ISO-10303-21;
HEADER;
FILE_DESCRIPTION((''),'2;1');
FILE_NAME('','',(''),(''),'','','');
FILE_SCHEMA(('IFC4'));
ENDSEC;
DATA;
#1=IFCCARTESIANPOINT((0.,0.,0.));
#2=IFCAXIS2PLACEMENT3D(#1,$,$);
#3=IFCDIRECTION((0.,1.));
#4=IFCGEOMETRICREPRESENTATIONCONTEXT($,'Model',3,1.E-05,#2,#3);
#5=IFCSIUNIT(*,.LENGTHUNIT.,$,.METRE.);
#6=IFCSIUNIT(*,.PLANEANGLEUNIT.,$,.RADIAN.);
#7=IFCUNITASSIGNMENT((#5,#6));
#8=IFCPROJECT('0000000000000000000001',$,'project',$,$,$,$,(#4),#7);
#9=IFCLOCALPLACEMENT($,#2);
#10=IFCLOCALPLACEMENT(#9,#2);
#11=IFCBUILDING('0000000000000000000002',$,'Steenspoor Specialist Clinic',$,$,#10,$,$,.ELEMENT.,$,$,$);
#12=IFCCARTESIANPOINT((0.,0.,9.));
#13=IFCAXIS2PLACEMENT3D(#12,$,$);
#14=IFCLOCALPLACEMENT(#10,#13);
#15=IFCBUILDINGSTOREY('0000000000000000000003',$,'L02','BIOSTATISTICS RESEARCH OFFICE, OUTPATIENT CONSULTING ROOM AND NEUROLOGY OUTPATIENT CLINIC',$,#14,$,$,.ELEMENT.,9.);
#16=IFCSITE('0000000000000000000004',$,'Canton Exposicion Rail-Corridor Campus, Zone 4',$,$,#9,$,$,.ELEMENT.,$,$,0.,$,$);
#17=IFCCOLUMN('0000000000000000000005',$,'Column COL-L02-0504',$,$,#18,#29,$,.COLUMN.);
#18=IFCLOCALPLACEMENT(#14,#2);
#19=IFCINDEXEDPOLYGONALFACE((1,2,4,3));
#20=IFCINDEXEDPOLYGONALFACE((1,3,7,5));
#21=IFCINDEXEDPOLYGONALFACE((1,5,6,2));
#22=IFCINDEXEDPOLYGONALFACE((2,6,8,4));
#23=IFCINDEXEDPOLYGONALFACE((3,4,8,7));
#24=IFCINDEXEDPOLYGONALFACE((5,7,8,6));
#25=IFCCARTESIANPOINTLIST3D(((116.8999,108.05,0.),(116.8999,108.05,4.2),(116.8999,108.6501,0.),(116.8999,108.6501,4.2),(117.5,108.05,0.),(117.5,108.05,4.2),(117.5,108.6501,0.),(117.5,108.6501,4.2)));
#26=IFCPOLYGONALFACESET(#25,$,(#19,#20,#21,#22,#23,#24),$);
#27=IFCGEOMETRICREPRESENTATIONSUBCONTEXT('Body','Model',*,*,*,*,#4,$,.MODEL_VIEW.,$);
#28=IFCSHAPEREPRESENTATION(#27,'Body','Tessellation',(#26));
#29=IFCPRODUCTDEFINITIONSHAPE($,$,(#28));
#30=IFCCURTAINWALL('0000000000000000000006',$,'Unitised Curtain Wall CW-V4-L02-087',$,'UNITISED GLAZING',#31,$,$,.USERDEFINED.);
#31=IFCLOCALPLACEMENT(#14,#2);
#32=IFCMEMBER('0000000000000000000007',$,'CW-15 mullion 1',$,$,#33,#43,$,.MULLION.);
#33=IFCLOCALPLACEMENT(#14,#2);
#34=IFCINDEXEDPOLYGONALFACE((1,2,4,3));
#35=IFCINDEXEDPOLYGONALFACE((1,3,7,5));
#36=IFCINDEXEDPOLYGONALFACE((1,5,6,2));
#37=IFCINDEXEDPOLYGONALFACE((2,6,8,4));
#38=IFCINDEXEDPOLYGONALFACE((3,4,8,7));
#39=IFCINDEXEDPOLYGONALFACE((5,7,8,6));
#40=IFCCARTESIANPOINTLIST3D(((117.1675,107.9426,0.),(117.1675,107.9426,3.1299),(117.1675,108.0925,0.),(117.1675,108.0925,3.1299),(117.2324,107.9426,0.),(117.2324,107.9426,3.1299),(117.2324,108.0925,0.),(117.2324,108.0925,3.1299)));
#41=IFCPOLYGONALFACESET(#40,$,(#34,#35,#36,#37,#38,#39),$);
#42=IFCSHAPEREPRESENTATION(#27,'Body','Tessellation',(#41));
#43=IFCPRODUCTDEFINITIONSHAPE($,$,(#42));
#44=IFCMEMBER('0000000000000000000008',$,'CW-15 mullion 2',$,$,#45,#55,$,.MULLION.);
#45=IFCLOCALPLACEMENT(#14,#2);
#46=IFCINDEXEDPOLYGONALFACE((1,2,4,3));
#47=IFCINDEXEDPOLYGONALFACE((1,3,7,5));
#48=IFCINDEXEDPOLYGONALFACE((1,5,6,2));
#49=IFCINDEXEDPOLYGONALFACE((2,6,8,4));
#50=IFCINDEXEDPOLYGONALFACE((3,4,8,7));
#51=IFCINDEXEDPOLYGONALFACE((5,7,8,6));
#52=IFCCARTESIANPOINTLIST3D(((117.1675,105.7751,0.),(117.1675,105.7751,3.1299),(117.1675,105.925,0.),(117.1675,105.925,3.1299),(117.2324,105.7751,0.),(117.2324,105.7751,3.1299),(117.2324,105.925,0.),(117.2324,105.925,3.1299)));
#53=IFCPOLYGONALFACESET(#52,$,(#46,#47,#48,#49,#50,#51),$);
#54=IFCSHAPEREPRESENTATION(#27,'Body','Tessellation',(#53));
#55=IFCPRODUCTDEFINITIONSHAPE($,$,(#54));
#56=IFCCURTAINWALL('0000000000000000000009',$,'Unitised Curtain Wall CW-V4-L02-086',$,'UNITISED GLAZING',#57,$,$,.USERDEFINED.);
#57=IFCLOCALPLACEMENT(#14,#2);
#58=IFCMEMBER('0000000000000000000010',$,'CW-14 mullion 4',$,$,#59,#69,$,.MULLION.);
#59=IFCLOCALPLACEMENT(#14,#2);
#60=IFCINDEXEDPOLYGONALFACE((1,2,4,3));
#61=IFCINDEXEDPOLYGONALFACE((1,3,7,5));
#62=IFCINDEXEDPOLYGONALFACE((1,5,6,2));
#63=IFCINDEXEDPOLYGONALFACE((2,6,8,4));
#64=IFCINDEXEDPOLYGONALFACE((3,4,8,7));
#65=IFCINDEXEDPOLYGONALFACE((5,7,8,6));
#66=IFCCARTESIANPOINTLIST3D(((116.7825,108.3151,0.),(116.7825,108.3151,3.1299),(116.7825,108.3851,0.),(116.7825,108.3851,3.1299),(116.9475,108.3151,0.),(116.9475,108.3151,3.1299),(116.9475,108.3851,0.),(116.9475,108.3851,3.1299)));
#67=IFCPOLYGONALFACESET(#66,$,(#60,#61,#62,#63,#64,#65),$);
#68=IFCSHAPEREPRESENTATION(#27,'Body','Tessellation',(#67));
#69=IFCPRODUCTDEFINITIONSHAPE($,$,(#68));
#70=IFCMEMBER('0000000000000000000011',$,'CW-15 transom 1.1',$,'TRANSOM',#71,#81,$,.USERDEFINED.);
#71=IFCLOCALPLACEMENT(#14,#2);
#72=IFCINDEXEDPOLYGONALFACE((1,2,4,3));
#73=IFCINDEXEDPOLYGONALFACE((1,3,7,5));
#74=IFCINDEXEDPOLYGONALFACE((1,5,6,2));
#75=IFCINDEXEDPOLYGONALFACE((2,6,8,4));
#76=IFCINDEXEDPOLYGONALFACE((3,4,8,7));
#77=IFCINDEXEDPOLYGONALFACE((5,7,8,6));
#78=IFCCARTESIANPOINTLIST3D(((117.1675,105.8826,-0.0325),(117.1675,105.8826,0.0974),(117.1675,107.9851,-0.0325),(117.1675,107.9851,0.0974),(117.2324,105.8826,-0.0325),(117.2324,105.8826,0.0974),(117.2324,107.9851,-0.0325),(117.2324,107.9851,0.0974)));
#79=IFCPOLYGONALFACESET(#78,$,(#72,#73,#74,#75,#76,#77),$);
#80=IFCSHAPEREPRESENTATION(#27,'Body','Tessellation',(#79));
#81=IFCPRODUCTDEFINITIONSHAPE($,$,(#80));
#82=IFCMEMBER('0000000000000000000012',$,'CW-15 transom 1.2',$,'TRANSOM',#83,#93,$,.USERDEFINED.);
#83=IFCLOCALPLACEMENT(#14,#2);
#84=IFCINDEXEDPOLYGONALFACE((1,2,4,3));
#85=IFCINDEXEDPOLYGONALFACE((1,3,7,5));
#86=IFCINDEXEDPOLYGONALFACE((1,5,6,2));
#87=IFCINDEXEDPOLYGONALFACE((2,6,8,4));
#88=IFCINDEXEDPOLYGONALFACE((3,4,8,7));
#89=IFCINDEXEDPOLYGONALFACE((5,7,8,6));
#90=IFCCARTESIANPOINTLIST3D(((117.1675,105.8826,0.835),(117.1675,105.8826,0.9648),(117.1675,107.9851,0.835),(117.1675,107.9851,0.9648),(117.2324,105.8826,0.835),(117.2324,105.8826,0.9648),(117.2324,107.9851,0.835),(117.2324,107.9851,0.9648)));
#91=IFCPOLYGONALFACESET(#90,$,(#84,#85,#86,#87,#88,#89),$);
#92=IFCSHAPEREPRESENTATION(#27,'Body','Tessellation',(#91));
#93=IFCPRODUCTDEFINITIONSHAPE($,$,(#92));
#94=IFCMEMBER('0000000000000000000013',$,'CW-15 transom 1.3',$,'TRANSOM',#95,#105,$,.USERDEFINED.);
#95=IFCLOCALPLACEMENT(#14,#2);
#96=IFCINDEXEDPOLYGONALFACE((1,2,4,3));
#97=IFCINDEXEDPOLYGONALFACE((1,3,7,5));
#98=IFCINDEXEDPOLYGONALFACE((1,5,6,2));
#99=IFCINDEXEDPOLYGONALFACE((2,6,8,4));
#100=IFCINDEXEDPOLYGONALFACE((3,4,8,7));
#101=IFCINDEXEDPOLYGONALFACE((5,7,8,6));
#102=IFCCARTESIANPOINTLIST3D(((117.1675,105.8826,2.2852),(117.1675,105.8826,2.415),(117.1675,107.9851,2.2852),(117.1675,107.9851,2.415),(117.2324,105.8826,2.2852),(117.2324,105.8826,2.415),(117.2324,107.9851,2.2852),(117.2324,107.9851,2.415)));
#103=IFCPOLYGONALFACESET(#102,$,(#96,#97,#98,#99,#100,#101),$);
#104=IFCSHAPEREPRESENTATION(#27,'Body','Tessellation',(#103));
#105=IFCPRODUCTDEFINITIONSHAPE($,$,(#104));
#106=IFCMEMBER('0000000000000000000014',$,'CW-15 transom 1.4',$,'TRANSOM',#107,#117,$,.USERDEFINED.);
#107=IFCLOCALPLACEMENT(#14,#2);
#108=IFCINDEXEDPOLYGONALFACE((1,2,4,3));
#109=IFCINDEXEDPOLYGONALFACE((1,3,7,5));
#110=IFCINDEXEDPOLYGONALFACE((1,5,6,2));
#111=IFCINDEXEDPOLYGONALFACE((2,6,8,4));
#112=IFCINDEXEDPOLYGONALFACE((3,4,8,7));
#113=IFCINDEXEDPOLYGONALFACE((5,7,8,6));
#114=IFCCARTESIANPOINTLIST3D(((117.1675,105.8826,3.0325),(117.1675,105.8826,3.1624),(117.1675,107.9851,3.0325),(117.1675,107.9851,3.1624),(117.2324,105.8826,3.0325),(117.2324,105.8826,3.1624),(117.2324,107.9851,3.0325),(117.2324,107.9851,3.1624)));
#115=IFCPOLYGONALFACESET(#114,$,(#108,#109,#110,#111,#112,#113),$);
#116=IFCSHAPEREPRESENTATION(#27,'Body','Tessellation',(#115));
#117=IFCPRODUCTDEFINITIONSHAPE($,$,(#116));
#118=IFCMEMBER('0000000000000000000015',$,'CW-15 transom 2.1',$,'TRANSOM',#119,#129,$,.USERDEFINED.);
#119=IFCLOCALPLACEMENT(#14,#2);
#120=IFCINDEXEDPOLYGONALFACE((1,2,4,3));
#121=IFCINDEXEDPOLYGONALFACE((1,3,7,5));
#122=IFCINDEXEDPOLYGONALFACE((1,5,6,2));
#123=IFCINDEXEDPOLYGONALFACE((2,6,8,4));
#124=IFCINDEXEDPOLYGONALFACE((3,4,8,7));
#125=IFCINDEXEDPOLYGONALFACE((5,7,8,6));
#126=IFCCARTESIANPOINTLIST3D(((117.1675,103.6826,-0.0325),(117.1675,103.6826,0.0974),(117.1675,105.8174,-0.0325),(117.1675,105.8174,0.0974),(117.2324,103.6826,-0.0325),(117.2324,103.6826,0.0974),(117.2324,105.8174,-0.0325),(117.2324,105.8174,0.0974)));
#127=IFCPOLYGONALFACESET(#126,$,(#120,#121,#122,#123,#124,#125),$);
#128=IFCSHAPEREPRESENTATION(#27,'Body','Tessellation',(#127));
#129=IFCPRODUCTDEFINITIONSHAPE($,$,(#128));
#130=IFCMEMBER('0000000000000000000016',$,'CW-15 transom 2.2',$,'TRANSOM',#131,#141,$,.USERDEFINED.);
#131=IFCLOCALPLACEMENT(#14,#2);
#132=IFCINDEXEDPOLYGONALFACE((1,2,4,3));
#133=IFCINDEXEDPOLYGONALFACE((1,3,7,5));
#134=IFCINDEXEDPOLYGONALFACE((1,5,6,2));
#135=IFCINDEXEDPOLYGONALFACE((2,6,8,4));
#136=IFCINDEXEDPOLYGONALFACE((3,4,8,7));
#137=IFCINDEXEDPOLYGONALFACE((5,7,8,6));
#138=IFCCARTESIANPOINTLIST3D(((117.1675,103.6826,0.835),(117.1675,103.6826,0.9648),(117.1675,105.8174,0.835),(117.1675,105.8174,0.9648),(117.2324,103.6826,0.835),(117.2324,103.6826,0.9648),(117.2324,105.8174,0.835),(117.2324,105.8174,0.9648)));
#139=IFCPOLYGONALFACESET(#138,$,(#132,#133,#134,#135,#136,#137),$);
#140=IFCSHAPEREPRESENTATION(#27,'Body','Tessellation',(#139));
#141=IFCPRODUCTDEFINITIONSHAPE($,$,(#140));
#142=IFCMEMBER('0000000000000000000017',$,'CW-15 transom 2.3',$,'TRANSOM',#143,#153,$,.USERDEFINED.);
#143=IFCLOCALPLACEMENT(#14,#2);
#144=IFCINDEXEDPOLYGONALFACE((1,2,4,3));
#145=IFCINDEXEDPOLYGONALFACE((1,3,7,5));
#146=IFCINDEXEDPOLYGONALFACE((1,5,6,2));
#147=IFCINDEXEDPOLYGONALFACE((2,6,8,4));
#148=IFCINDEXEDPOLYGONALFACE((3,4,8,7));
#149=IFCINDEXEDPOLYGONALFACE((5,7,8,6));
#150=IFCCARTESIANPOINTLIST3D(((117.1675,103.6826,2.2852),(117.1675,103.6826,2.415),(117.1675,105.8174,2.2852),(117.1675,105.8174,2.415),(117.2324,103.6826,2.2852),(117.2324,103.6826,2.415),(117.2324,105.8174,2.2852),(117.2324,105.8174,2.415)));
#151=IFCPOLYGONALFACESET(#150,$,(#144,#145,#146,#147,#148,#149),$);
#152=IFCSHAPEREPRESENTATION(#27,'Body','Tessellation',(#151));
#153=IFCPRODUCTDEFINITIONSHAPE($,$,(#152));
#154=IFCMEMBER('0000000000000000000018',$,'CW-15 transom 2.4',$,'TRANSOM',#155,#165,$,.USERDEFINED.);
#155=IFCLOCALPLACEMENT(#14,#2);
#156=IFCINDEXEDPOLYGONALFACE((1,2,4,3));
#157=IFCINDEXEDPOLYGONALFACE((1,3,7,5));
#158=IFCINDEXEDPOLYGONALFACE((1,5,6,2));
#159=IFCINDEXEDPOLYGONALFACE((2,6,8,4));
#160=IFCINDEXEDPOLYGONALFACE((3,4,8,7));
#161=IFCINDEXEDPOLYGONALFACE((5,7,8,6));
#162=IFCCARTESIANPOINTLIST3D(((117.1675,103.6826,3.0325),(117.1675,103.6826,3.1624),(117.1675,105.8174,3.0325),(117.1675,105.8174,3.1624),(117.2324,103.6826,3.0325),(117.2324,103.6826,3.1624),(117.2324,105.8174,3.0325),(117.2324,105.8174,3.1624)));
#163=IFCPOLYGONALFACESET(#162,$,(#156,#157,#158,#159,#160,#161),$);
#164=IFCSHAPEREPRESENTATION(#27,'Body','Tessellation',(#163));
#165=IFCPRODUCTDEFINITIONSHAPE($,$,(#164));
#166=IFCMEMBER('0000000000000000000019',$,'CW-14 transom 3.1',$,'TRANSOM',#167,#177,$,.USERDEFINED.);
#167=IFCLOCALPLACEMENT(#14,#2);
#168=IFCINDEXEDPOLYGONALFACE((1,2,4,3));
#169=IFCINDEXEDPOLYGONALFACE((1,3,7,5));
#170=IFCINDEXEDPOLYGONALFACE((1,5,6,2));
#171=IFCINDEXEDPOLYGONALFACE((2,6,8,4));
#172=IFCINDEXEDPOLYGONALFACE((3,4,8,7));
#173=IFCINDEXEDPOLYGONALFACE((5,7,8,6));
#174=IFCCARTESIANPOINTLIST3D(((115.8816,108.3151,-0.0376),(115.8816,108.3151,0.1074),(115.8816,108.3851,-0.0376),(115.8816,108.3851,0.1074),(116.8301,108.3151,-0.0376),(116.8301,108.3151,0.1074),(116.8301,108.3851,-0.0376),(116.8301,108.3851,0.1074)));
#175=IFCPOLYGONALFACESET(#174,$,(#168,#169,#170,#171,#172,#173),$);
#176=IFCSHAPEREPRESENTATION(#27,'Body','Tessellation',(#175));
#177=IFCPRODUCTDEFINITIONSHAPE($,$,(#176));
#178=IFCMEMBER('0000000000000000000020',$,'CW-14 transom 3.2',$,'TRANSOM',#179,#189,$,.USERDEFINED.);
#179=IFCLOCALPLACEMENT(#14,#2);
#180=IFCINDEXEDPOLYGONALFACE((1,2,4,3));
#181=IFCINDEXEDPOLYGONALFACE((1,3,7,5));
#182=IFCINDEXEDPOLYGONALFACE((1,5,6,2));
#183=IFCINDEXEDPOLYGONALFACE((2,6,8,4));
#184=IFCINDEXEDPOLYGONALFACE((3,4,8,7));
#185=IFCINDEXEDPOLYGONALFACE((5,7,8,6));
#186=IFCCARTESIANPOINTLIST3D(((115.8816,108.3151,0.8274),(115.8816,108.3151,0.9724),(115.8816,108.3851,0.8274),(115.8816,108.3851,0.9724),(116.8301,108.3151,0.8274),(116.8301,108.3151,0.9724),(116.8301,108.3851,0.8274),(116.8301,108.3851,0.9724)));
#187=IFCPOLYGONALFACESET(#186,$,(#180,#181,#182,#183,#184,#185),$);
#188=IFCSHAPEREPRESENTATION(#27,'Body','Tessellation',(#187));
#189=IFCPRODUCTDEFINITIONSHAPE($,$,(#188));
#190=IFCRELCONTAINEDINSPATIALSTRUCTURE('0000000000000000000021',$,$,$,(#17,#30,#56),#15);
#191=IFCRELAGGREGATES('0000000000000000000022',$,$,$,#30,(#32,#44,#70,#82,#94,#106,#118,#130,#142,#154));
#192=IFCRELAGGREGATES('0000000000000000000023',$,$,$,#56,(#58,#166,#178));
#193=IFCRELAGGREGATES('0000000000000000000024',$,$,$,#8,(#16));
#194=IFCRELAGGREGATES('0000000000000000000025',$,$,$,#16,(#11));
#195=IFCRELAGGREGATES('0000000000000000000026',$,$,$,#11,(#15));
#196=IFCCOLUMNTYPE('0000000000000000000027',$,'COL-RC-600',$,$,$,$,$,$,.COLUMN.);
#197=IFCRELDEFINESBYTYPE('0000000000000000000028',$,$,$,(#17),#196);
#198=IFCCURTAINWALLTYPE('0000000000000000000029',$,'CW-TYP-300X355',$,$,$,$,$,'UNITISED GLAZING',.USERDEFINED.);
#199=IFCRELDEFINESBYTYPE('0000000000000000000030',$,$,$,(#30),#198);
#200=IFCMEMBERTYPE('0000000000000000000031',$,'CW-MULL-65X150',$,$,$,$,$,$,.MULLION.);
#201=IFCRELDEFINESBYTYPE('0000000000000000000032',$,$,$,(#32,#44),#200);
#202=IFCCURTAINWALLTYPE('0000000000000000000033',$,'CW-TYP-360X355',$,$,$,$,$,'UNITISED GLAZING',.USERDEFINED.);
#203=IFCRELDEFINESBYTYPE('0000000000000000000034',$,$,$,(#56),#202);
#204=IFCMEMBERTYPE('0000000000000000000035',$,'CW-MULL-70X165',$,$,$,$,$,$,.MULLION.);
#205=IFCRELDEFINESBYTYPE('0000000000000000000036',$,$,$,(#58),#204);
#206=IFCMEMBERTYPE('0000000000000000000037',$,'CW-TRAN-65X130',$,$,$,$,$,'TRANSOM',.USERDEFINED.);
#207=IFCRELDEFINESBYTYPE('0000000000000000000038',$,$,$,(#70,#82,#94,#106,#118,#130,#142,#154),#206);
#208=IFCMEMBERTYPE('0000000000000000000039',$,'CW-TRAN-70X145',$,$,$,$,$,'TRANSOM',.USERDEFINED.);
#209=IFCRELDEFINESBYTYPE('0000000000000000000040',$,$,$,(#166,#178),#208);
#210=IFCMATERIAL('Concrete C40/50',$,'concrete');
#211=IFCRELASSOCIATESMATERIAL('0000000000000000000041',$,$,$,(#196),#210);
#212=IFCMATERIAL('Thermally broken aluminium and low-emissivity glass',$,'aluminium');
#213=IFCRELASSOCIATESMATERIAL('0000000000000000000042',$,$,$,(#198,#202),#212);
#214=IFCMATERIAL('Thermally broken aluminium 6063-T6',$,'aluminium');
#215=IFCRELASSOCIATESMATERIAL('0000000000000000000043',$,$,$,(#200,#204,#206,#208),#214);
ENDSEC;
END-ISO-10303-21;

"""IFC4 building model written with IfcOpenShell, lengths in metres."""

from ifc_helpers import new_model, si_unit, direction, frame, origin, origin_2d, place, context, subcontext, project, spatial, rectangle, extrude, material, material_profile, profile_set, type_object, element, aggregate, save


model = new_model("IFC4")

# Units and contexts
model_context = context("Model", 3, precision=1e-05, world=origin(), true_north=direction((0.0, 1.0)))
body_context = subcontext(model_context, "Body", "Model", "MODEL_VIEW")
ifc_project = project(units=[si_unit("LENGTHUNIT", "METRE"), si_unit("PLANEANGLEUNIT", "RADIAN")], contexts=[model_context])

# Site, building, storey
site_placement = place(None, origin())
site = spatial("IfcSite", under=ifc_project, at=site_placement, Name="Canton Exposicion Rail-Corridor Campus, Zone 4", CompositionType="ELEMENT", RefElevation=0.0)
building_placement = place(site_placement, origin())
building = spatial("IfcBuilding", under=site, at=building_placement, Name="Steenspoor Specialist Clinic", CompositionType="ELEMENT")
storey_placement = place(building_placement, frame((0.0, 0.0, 9.0)))
storey = spatial("IfcBuildingStorey", under=building, at=storey_placement, Name="L02", Description="BIOSTATISTICS RESEARCH OFFICE, OUTPATIENT CONSULTING ROOM AND NEUROLOGY OUTPATIENT CLINIC", CompositionType="ELEMENT", Elevation=9.0)

# Column
ifc_material_1 = material(Name="Concrete C40/50", Category="concrete")
ifc_material_profile_1 = material_profile(ifc_material_1, rectangle(XDim=0.6001, YDim=0.6001, at=origin_2d()), Name="RC-COL-600X600")
ifc_profile_set_1 = profile_set([ifc_material_profile_1], Name="Concrete C40/50")
column_type = type_object("IfcColumnType", Name="COL-RC-600", PredefinedType="COLUMN", material=ifc_profile_set_1)
column_placement = place(storey_placement, frame((117.2, 108.3501, 0.0), z_axis=(0.0, 0.0, 1.0), x_axis=(1.0, 0.0, 0.0)))
element("IfcColumn", 1, at=column_placement, inside=storey, type_object=column_type, Name="Column COL-L02-0504", PredefinedType="COLUMN", context=body_context, shape_type="SweptSolid", body=[
    extrude(rectangle(XDim=0.6001, YDim=0.6001, at=origin_2d()), origin(), (0.0, 0.0, 1.0), 4.2),
])

# Curtain wall, members
ifc_material_2 = material(Name="Thermally broken aluminium and low-emissivity glass", Category="aluminium")
curtain_wall_type_1 = type_object("IfcCurtainWallType", Name="CW-TYP-300X355", ElementType="UNITISED GLAZING", PredefinedType="USERDEFINED", material=ifc_material_2)
curtain_wall_1_placement = place(storey_placement, origin())
curtain_wall_1 = element("IfcCurtainWall", 2, at=curtain_wall_1_placement, inside=storey, type_object=curtain_wall_type_1, Name="Unitised Curtain Wall CW-V4-L02-087", ObjectType="UNITISED GLAZING", PredefinedType="USERDEFINED")
ifc_material_3 = material(Name="Thermally broken aluminium 6063-T6", Category="aluminium")
ifc_material_profile_2 = material_profile(ifc_material_3, rectangle(XDim=0.0649, YDim=0.1499, at=origin_2d()), Name="CWM-65X150")
ifc_profile_set_2 = profile_set([ifc_material_profile_2], Name="Thermally broken aluminium 6063-T6")
member_type_1 = type_object("IfcMemberType", Name="CW-MULL-65X150", PredefinedType="MULLION", material=ifc_profile_set_2)
member_1_placement = place(storey_placement, frame((117.2, 108.0176, 0.0), z_axis=(0.0, 0.0, 1.0), x_axis=(1.0, 0.0, 0.0)))
member_1 = element("IfcMember", 3, at=member_1_placement, type_object=member_type_1, Name="CW-15 mullion 1", PredefinedType="MULLION", context=body_context, shape_type="SweptSolid", body=[
    extrude(rectangle(XDim=0.0649, YDim=0.1499, at=origin_2d()), origin(), (0.0, 0.0, 1.0), 3.1299),
])
member_2_placement = place(storey_placement, frame((117.2, 105.8501, 0.0), z_axis=(0.0, 0.0, 1.0), x_axis=(1.0, 0.0, 0.0)))
member_2 = element("IfcMember", 4, at=member_2_placement, type_object=member_type_1, Name="CW-15 mullion 2", PredefinedType="MULLION", context=body_context, shape_type="SweptSolid", body=[
    extrude(rectangle(XDim=0.0649, YDim=0.1499, at=origin_2d()), origin(), (0.0, 0.0, 1.0), 3.1299),
])

# Curtain wall, member
curtain_wall_type_2 = type_object("IfcCurtainWallType", Name="CW-TYP-360X355", ElementType="UNITISED GLAZING", PredefinedType="USERDEFINED", material=ifc_material_2)
curtain_wall_2_placement = place(storey_placement, origin())
curtain_wall_2 = element("IfcCurtainWall", 5, at=curtain_wall_2_placement, inside=storey, type_object=curtain_wall_type_2, Name="Unitised Curtain Wall CW-V4-L02-086", ObjectType="UNITISED GLAZING", PredefinedType="USERDEFINED")
ifc_material_profile_3 = material_profile(ifc_material_3, rectangle(XDim=0.0701, YDim=0.165, at=origin_2d()), Name="CWM-70X165")
ifc_profile_set_3 = profile_set([ifc_material_profile_3], Name="Thermally broken aluminium 6063-T6")
member_type_2 = type_object("IfcMemberType", Name="CW-MULL-70X165", PredefinedType="MULLION", material=ifc_profile_set_3)
member_3_placement = place(storey_placement, frame((116.865, 108.3501, 0.0), z_axis=(0.0, 0.0, 1.0), x_axis=(0.0, 1.0, 0.0)))
member_3 = element("IfcMember", 6, at=member_3_placement, type_object=member_type_2, Name="CW-14 mullion 4", PredefinedType="MULLION", context=body_context, shape_type="SweptSolid", body=[
    extrude(rectangle(XDim=0.0701, YDim=0.165, at=origin_2d()), origin(), (0.0, 0.0, 1.0), 3.1299),
])

# Members
ifc_material_profile_4 = material_profile(ifc_material_3, rectangle(XDim=0.0649, YDim=0.1299, at=origin_2d()), Name="CWT-65X130")
ifc_profile_set_4 = profile_set([ifc_material_profile_4], Name="Thermally broken aluminium 6063-T6")
member_type_3 = type_object("IfcMemberType", Name="CW-TRAN-65X130", ElementType="TRANSOM", PredefinedType="USERDEFINED", material=ifc_profile_set_4)
member_4_placement = place(storey_placement, frame((117.2, 107.9851, 0.0325), z_axis=(0.0, -1.0, 0.0), x_axis=(1.0, 0.0, 0.0)))
member_4 = element("IfcMember", 7, at=member_4_placement, type_object=member_type_3, Name="CW-15 transom 1.1", ObjectType="TRANSOM", PredefinedType="USERDEFINED", context=body_context, shape_type="SweptSolid", body=[
    extrude(rectangle(XDim=0.0649, YDim=0.1299, at=origin_2d()), origin(), (0.0, 0.0, 1.0), 2.1025),
])
member_5_placement = place(storey_placement, frame((117.2, 107.9851, 0.8999), z_axis=(0.0, -1.0, 0.0), x_axis=(1.0, 0.0, 0.0)))
member_5 = element("IfcMember", 8, at=member_5_placement, type_object=member_type_3, Name="CW-15 transom 1.2", ObjectType="TRANSOM", PredefinedType="USERDEFINED", context=body_context, shape_type="SweptSolid", body=[
    extrude(rectangle(XDim=0.0649, YDim=0.1299, at=origin_2d()), origin(), (0.0, 0.0, 1.0), 2.1025),
])
member_6_placement = place(storey_placement, frame((117.2, 107.9851, 2.3501), z_axis=(0.0, -1.0, 0.0), x_axis=(1.0, 0.0, 0.0)))
member_6 = element("IfcMember", 9, at=member_6_placement, type_object=member_type_3, Name="CW-15 transom 1.3", ObjectType="TRANSOM", PredefinedType="USERDEFINED", context=body_context, shape_type="SweptSolid", body=[
    extrude(rectangle(XDim=0.0649, YDim=0.1299, at=origin_2d()), origin(), (0.0, 0.0, 1.0), 2.1025),
])
member_7_placement = place(storey_placement, frame((117.2, 107.9851, 3.0974), z_axis=(0.0, -1.0, 0.0), x_axis=(1.0, 0.0, 0.0)))
member_7 = element("IfcMember", 10, at=member_7_placement, type_object=member_type_3, Name="CW-15 transom 1.4", ObjectType="TRANSOM", PredefinedType="USERDEFINED", context=body_context, shape_type="SweptSolid", body=[
    extrude(rectangle(XDim=0.0649, YDim=0.1299, at=origin_2d()), origin(), (0.0, 0.0, 1.0), 2.1025),
])
member_8_placement = place(storey_placement, frame((117.2, 105.8174, 0.0325), z_axis=(0.0, -1.0, 0.0), x_axis=(1.0, 0.0, 0.0)))
member_8 = element("IfcMember", 11, at=member_8_placement, type_object=member_type_3, Name="CW-15 transom 2.1", ObjectType="TRANSOM", PredefinedType="USERDEFINED", context=body_context, shape_type="SweptSolid", body=[
    extrude(rectangle(XDim=0.0649, YDim=0.1299, at=origin_2d()), origin(), (0.0, 0.0, 1.0), 2.1348),
])
member_9_placement = place(storey_placement, frame((117.2, 105.8174, 0.8999), z_axis=(0.0, -1.0, 0.0), x_axis=(1.0, 0.0, 0.0)))
member_9 = element("IfcMember", 12, at=member_9_placement, type_object=member_type_3, Name="CW-15 transom 2.2", ObjectType="TRANSOM", PredefinedType="USERDEFINED", context=body_context, shape_type="SweptSolid", body=[
    extrude(rectangle(XDim=0.0649, YDim=0.1299, at=origin_2d()), origin(), (0.0, 0.0, 1.0), 2.1348),
])
member_10_placement = place(storey_placement, frame((117.2, 105.8174, 2.3501), z_axis=(0.0, -1.0, 0.0), x_axis=(1.0, 0.0, 0.0)))
member_10 = element("IfcMember", 13, at=member_10_placement, type_object=member_type_3, Name="CW-15 transom 2.3", ObjectType="TRANSOM", PredefinedType="USERDEFINED", context=body_context, shape_type="SweptSolid", body=[
    extrude(rectangle(XDim=0.0649, YDim=0.1299, at=origin_2d()), origin(), (0.0, 0.0, 1.0), 2.1348),
])
member_11_placement = place(storey_placement, frame((117.2, 105.8174, 3.0974), z_axis=(0.0, -1.0, 0.0), x_axis=(1.0, 0.0, 0.0)))
member_11 = element("IfcMember", 14, at=member_11_placement, type_object=member_type_3, Name="CW-15 transom 2.4", ObjectType="TRANSOM", PredefinedType="USERDEFINED", context=body_context, shape_type="SweptSolid", body=[
    extrude(rectangle(XDim=0.0649, YDim=0.1299, at=origin_2d()), origin(), (0.0, 0.0, 1.0), 2.1348),
])
ifc_material_profile_5 = material_profile(ifc_material_3, rectangle(XDim=0.0701, YDim=0.145, at=origin_2d()), Name="CWT-70X145")
ifc_profile_set_5 = profile_set([ifc_material_profile_5], Name="Thermally broken aluminium 6063-T6")
member_type_4 = type_object("IfcMemberType", Name="CW-TRAN-70X145", ElementType="TRANSOM", PredefinedType="USERDEFINED", material=ifc_profile_set_5)
member_12_placement = place(storey_placement, frame((115.8816, 108.3501, 0.0349), z_axis=(1.0, 0.0, 0.0), x_axis=(0.0, 1.0, 0.0)))
member_12 = element("IfcMember", 15, at=member_12_placement, type_object=member_type_4, Name="CW-14 transom 3.1", ObjectType="TRANSOM", PredefinedType="USERDEFINED", context=body_context, shape_type="SweptSolid", body=[
    extrude(rectangle(XDim=0.0701, YDim=0.145, at=origin_2d()), origin(), (0.0, 0.0, 1.0), 0.9485),
])
member_13_placement = place(storey_placement, frame((115.8816, 108.3501, 0.8999), z_axis=(1.0, 0.0, 0.0), x_axis=(0.0, 1.0, 0.0)))
member_13 = element("IfcMember", 16, at=member_13_placement, type_object=member_type_4, Name="CW-14 transom 3.2", ObjectType="TRANSOM", PredefinedType="USERDEFINED", context=body_context, shape_type="SweptSolid", body=[
    extrude(rectangle(XDim=0.0701, YDim=0.145, at=origin_2d()), origin(), (0.0, 0.0, 1.0), 0.9485),
])

aggregate(curtain_wall_1, [member_1, member_2, member_4, member_5, member_6, member_7, member_8, member_9, member_10, member_11])
aggregate(curtain_wall_2, [member_3, member_12, member_13])

save(model, "model.ifc")
